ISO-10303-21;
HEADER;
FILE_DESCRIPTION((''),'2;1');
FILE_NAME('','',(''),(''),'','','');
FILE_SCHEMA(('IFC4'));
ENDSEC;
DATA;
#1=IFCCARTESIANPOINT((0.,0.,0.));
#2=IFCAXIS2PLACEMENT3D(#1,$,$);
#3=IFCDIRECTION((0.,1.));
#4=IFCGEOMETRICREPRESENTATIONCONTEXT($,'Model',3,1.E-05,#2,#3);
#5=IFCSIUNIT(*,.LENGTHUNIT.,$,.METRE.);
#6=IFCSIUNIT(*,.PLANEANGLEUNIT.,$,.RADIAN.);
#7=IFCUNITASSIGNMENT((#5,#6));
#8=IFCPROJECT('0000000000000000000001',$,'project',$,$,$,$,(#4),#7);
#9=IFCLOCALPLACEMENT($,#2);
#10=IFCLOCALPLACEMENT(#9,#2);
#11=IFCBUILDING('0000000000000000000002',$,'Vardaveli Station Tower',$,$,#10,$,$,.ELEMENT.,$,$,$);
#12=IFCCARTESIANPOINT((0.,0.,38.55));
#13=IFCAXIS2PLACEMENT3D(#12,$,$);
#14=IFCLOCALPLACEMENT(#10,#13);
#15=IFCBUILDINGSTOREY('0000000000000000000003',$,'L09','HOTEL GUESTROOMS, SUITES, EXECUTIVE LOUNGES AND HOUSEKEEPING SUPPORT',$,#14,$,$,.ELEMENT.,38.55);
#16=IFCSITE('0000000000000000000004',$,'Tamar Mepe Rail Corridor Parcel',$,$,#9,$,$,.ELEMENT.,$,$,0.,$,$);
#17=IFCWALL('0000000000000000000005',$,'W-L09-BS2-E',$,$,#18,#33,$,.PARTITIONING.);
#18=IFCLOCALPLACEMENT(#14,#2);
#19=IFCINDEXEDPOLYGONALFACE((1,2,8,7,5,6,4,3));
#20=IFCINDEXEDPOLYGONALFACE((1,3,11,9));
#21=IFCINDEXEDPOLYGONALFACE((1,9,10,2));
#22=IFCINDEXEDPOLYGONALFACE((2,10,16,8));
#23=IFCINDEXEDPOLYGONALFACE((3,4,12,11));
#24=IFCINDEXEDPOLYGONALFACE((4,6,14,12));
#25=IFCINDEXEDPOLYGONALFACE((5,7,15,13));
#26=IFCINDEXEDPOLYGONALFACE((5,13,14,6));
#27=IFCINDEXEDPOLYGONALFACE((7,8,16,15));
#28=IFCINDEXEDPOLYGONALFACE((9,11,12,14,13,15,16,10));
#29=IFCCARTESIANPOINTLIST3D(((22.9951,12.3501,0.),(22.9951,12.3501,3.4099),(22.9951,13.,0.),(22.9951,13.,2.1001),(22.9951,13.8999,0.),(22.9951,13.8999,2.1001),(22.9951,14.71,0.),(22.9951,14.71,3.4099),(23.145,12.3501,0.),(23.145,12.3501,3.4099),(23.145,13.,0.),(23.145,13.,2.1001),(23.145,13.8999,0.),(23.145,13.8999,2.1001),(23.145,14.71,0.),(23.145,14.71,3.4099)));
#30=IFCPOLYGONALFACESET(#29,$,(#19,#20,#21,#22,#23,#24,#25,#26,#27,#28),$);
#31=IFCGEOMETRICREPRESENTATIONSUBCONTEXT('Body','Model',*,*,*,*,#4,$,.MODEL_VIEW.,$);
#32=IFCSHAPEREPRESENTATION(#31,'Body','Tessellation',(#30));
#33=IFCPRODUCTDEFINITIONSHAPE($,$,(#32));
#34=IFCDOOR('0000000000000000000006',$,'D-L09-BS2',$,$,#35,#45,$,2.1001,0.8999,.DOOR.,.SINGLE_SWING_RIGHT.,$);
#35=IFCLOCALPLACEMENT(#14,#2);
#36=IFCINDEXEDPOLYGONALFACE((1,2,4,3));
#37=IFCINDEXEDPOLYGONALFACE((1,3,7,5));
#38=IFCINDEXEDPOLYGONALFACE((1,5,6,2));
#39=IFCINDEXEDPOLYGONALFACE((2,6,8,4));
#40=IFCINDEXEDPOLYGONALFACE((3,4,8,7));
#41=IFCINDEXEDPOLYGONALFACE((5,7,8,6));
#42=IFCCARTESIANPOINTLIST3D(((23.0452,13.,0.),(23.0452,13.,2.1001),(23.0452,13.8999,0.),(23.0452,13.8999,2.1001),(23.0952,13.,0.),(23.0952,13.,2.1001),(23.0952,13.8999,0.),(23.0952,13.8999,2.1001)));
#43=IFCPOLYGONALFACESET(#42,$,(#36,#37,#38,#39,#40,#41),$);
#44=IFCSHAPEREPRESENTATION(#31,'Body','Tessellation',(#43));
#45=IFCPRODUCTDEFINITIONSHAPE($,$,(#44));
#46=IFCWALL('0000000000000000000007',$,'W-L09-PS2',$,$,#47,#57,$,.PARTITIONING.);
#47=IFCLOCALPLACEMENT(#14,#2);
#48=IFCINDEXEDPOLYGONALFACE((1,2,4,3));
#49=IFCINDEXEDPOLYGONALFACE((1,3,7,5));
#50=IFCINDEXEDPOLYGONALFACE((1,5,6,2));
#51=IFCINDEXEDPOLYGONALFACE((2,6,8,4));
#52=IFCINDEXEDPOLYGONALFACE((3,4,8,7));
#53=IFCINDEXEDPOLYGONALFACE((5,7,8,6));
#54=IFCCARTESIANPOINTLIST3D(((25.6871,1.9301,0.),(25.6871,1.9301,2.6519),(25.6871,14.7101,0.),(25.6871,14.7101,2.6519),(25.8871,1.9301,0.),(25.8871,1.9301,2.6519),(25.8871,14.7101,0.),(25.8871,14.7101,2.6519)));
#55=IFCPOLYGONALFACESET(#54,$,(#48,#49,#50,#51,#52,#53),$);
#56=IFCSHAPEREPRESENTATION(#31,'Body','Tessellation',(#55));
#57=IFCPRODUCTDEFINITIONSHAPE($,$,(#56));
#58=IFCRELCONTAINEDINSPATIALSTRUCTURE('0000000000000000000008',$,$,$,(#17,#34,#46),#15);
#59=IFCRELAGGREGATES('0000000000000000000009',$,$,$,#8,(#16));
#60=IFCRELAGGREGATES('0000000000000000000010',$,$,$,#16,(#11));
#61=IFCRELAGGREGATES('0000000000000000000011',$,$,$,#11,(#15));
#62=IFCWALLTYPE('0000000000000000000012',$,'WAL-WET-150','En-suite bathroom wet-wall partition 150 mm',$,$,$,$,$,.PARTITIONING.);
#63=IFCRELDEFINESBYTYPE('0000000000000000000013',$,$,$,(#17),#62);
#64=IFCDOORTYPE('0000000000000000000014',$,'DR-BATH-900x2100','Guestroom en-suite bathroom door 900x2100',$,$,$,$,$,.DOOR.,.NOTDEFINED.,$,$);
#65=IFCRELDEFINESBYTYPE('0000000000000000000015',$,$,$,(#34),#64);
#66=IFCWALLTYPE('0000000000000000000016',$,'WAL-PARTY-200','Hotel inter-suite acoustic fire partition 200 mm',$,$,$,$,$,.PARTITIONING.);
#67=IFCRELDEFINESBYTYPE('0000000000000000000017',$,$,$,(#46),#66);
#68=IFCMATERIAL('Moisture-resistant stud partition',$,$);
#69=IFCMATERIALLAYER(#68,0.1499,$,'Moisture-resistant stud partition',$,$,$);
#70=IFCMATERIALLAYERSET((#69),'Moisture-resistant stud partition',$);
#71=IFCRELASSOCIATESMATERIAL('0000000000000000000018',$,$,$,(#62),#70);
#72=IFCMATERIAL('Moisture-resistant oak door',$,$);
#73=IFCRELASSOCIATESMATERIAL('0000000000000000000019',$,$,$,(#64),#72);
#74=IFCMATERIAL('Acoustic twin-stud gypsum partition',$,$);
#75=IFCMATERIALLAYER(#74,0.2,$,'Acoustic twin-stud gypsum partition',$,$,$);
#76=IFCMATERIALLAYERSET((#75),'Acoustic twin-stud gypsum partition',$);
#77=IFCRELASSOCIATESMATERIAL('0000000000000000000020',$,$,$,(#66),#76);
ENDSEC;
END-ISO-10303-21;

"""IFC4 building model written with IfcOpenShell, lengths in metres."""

from ifc_helpers import new_model, si_unit, direction, frame, frame_2d, origin, place, context, subcontext, project, spatial, rectangle, extrude, source, transform, mapped, material, layer, layer_set, type_object, element, fill, save


model = new_model("IFC4")

# Units and contexts
model_context = context("Model", 3, precision=1e-05, world=origin(), true_north=direction((0.0, 1.0)))
body_context = subcontext(model_context, "Body", "Model", "MODEL_VIEW")
ifc_project = project(units=[si_unit("LENGTHUNIT", "METRE"), si_unit("PLANEANGLEUNIT", "RADIAN")], contexts=[model_context])

# Site, building, storey
site_placement = place(None, origin())
site = spatial("IfcSite", under=ifc_project, at=site_placement, Name="Tamar Mepe Rail Corridor Parcel", CompositionType="ELEMENT", RefElevation=0.0)
building_placement = place(site_placement, origin())
building = spatial("IfcBuilding", under=site, at=building_placement, Name="Vardaveli Station Tower", CompositionType="ELEMENT")
storey_placement = place(building_placement, frame((0.0, 0.0, 38.55)))
storey = spatial("IfcBuildingStorey", under=building, at=storey_placement, Name="L09", Description="HOTEL GUESTROOMS, SUITES, EXECUTIVE LOUNGES AND HOUSEKEEPING SUPPORT", CompositionType="ELEMENT", Elevation=38.55)

# Wall, opening, door
ifc_material_1 = material(Name="Moisture-resistant stud partition")
ifc_layer_1 = layer(ifc_material_1, 0.1499, Name="Moisture-resistant stud partition")
ifc_layer_set_1 = layer_set([ifc_layer_1], Name="Moisture-resistant stud partition")
wall_type_1 = type_object("IfcWallType", Name="WAL-WET-150", Description="En-suite bathroom wet-wall partition 150 mm", PredefinedType="PARTITIONING", material=ifc_layer_set_1)
shared_shape_1 = source(origin(), body_context, "Body", "SweptSolid", [
    extrude(rectangle(XDim=2.3599, YDim=0.1499, at=frame_2d((1.1799, 0.0))), origin(), (0.0, 0.0, 1.0), 3.4099),
])
wall_1_placement = place(storey_placement, frame((23.0701, 12.3501, 0.0), z_axis=(0.0, 0.0, 1.0), x_axis=(0.0, 1.0, 0.0)))
wall_1 = element("IfcWall", 1, at=wall_1_placement, inside=storey, type_object=wall_type_1, Name="W-L09-BS2-E", PredefinedType="PARTITIONING", context=body_context, shape_type="MappedRepresentation", body=[
    mapped(shared_shape_1, transform((0.0, 0.0, 0.0), scale=1.0)),
])
shared_shape_2 = source(origin(), body_context, "Body", "SweptSolid", [
    extrude(rectangle(XDim=0.8999, YDim=2.1001, at=frame_2d((0.45, 1.05))), frame((0.0, 0.085, 0.0), z_axis=(0.0, -1.0, 0.0), x_axis=(1.0, 0.0, 0.0)), (0.0, 0.0, 1.0), 0.1699),
])
opening_1_placement = place(wall_1_placement, frame((0.6499, 0.0, 0.0)))
opening_1 = element("IfcOpeningElement", 2, at=opening_1_placement, cuts=wall_1, PredefinedType="OPENING", context=body_context, shape_type="MappedRepresentation", body=[
    mapped(shared_shape_2, transform((0.0, 0.0, 0.0), scale=1.0)),
])
ifc_material_2 = material(Name="Moisture-resistant oak door")
door_type_1 = type_object("IfcDoorType", Name="DR-BATH-900x2100", Description="Guestroom en-suite bathroom door 900x2100", OperationType="NOTDEFINED", PredefinedType="DOOR", material=ifc_material_2)
shared_shape_3 = source(origin(), body_context, "Body", "SweptSolid", [
    extrude(rectangle(XDim=0.8999, YDim=2.1001, at=frame_2d((0.45, 1.05))), frame((0.0, 0.0249, 0.0), z_axis=(0.0, -1.0, 0.0), x_axis=(1.0, 0.0, 0.0)), (0.0, 0.0, 1.0), 0.05),
])
door_1_placement = place(opening_1_placement, origin())
door_1 = element("IfcDoor", 3, at=door_1_placement, inside=storey, type_object=door_type_1, Name="D-L09-BS2", OperationType="SINGLE_SWING_RIGHT", OverallHeight=2.1001, OverallWidth=0.8999, PredefinedType="DOOR", context=body_context, shape_type="MappedRepresentation", body=[
    mapped(shared_shape_3, transform((0.0, 0.0, 0.0), scale=1.0)),
])
fill(opening_1, door_1)

# Wall
ifc_material_3 = material(Name="Acoustic twin-stud gypsum partition")
ifc_layer_2 = layer(ifc_material_3, 0.2, Name="Acoustic twin-stud gypsum partition")
ifc_layer_set_2 = layer_set([ifc_layer_2], Name="Acoustic twin-stud gypsum partition")
wall_type_2 = type_object("IfcWallType", Name="WAL-PARTY-200", Description="Hotel inter-suite acoustic fire partition 200 mm", PredefinedType="PARTITIONING", material=ifc_layer_set_2)
shared_shape_4 = source(origin(), body_context, "Body", "SweptSolid", [
    extrude(rectangle(XDim=12.78, YDim=0.2, at=frame_2d((6.3901, 0.0))), origin(), (0.0, 0.0, 1.0), 2.6519),
])
wall_2_placement = place(storey_placement, frame((25.7871, 1.9299, 0.0), z_axis=(0.0, 0.0, 1.0), x_axis=(0.0, 1.0, 0.0)))
element("IfcWall", 4, at=wall_2_placement, inside=storey, type_object=wall_type_2, Name="W-L09-PS2", PredefinedType="PARTITIONING", context=body_context, shape_type="MappedRepresentation", body=[
    mapped(shared_shape_4, transform((0.0, 0.0, 0.0), scale=1.0)),
])

save(model, "model.ifc")
